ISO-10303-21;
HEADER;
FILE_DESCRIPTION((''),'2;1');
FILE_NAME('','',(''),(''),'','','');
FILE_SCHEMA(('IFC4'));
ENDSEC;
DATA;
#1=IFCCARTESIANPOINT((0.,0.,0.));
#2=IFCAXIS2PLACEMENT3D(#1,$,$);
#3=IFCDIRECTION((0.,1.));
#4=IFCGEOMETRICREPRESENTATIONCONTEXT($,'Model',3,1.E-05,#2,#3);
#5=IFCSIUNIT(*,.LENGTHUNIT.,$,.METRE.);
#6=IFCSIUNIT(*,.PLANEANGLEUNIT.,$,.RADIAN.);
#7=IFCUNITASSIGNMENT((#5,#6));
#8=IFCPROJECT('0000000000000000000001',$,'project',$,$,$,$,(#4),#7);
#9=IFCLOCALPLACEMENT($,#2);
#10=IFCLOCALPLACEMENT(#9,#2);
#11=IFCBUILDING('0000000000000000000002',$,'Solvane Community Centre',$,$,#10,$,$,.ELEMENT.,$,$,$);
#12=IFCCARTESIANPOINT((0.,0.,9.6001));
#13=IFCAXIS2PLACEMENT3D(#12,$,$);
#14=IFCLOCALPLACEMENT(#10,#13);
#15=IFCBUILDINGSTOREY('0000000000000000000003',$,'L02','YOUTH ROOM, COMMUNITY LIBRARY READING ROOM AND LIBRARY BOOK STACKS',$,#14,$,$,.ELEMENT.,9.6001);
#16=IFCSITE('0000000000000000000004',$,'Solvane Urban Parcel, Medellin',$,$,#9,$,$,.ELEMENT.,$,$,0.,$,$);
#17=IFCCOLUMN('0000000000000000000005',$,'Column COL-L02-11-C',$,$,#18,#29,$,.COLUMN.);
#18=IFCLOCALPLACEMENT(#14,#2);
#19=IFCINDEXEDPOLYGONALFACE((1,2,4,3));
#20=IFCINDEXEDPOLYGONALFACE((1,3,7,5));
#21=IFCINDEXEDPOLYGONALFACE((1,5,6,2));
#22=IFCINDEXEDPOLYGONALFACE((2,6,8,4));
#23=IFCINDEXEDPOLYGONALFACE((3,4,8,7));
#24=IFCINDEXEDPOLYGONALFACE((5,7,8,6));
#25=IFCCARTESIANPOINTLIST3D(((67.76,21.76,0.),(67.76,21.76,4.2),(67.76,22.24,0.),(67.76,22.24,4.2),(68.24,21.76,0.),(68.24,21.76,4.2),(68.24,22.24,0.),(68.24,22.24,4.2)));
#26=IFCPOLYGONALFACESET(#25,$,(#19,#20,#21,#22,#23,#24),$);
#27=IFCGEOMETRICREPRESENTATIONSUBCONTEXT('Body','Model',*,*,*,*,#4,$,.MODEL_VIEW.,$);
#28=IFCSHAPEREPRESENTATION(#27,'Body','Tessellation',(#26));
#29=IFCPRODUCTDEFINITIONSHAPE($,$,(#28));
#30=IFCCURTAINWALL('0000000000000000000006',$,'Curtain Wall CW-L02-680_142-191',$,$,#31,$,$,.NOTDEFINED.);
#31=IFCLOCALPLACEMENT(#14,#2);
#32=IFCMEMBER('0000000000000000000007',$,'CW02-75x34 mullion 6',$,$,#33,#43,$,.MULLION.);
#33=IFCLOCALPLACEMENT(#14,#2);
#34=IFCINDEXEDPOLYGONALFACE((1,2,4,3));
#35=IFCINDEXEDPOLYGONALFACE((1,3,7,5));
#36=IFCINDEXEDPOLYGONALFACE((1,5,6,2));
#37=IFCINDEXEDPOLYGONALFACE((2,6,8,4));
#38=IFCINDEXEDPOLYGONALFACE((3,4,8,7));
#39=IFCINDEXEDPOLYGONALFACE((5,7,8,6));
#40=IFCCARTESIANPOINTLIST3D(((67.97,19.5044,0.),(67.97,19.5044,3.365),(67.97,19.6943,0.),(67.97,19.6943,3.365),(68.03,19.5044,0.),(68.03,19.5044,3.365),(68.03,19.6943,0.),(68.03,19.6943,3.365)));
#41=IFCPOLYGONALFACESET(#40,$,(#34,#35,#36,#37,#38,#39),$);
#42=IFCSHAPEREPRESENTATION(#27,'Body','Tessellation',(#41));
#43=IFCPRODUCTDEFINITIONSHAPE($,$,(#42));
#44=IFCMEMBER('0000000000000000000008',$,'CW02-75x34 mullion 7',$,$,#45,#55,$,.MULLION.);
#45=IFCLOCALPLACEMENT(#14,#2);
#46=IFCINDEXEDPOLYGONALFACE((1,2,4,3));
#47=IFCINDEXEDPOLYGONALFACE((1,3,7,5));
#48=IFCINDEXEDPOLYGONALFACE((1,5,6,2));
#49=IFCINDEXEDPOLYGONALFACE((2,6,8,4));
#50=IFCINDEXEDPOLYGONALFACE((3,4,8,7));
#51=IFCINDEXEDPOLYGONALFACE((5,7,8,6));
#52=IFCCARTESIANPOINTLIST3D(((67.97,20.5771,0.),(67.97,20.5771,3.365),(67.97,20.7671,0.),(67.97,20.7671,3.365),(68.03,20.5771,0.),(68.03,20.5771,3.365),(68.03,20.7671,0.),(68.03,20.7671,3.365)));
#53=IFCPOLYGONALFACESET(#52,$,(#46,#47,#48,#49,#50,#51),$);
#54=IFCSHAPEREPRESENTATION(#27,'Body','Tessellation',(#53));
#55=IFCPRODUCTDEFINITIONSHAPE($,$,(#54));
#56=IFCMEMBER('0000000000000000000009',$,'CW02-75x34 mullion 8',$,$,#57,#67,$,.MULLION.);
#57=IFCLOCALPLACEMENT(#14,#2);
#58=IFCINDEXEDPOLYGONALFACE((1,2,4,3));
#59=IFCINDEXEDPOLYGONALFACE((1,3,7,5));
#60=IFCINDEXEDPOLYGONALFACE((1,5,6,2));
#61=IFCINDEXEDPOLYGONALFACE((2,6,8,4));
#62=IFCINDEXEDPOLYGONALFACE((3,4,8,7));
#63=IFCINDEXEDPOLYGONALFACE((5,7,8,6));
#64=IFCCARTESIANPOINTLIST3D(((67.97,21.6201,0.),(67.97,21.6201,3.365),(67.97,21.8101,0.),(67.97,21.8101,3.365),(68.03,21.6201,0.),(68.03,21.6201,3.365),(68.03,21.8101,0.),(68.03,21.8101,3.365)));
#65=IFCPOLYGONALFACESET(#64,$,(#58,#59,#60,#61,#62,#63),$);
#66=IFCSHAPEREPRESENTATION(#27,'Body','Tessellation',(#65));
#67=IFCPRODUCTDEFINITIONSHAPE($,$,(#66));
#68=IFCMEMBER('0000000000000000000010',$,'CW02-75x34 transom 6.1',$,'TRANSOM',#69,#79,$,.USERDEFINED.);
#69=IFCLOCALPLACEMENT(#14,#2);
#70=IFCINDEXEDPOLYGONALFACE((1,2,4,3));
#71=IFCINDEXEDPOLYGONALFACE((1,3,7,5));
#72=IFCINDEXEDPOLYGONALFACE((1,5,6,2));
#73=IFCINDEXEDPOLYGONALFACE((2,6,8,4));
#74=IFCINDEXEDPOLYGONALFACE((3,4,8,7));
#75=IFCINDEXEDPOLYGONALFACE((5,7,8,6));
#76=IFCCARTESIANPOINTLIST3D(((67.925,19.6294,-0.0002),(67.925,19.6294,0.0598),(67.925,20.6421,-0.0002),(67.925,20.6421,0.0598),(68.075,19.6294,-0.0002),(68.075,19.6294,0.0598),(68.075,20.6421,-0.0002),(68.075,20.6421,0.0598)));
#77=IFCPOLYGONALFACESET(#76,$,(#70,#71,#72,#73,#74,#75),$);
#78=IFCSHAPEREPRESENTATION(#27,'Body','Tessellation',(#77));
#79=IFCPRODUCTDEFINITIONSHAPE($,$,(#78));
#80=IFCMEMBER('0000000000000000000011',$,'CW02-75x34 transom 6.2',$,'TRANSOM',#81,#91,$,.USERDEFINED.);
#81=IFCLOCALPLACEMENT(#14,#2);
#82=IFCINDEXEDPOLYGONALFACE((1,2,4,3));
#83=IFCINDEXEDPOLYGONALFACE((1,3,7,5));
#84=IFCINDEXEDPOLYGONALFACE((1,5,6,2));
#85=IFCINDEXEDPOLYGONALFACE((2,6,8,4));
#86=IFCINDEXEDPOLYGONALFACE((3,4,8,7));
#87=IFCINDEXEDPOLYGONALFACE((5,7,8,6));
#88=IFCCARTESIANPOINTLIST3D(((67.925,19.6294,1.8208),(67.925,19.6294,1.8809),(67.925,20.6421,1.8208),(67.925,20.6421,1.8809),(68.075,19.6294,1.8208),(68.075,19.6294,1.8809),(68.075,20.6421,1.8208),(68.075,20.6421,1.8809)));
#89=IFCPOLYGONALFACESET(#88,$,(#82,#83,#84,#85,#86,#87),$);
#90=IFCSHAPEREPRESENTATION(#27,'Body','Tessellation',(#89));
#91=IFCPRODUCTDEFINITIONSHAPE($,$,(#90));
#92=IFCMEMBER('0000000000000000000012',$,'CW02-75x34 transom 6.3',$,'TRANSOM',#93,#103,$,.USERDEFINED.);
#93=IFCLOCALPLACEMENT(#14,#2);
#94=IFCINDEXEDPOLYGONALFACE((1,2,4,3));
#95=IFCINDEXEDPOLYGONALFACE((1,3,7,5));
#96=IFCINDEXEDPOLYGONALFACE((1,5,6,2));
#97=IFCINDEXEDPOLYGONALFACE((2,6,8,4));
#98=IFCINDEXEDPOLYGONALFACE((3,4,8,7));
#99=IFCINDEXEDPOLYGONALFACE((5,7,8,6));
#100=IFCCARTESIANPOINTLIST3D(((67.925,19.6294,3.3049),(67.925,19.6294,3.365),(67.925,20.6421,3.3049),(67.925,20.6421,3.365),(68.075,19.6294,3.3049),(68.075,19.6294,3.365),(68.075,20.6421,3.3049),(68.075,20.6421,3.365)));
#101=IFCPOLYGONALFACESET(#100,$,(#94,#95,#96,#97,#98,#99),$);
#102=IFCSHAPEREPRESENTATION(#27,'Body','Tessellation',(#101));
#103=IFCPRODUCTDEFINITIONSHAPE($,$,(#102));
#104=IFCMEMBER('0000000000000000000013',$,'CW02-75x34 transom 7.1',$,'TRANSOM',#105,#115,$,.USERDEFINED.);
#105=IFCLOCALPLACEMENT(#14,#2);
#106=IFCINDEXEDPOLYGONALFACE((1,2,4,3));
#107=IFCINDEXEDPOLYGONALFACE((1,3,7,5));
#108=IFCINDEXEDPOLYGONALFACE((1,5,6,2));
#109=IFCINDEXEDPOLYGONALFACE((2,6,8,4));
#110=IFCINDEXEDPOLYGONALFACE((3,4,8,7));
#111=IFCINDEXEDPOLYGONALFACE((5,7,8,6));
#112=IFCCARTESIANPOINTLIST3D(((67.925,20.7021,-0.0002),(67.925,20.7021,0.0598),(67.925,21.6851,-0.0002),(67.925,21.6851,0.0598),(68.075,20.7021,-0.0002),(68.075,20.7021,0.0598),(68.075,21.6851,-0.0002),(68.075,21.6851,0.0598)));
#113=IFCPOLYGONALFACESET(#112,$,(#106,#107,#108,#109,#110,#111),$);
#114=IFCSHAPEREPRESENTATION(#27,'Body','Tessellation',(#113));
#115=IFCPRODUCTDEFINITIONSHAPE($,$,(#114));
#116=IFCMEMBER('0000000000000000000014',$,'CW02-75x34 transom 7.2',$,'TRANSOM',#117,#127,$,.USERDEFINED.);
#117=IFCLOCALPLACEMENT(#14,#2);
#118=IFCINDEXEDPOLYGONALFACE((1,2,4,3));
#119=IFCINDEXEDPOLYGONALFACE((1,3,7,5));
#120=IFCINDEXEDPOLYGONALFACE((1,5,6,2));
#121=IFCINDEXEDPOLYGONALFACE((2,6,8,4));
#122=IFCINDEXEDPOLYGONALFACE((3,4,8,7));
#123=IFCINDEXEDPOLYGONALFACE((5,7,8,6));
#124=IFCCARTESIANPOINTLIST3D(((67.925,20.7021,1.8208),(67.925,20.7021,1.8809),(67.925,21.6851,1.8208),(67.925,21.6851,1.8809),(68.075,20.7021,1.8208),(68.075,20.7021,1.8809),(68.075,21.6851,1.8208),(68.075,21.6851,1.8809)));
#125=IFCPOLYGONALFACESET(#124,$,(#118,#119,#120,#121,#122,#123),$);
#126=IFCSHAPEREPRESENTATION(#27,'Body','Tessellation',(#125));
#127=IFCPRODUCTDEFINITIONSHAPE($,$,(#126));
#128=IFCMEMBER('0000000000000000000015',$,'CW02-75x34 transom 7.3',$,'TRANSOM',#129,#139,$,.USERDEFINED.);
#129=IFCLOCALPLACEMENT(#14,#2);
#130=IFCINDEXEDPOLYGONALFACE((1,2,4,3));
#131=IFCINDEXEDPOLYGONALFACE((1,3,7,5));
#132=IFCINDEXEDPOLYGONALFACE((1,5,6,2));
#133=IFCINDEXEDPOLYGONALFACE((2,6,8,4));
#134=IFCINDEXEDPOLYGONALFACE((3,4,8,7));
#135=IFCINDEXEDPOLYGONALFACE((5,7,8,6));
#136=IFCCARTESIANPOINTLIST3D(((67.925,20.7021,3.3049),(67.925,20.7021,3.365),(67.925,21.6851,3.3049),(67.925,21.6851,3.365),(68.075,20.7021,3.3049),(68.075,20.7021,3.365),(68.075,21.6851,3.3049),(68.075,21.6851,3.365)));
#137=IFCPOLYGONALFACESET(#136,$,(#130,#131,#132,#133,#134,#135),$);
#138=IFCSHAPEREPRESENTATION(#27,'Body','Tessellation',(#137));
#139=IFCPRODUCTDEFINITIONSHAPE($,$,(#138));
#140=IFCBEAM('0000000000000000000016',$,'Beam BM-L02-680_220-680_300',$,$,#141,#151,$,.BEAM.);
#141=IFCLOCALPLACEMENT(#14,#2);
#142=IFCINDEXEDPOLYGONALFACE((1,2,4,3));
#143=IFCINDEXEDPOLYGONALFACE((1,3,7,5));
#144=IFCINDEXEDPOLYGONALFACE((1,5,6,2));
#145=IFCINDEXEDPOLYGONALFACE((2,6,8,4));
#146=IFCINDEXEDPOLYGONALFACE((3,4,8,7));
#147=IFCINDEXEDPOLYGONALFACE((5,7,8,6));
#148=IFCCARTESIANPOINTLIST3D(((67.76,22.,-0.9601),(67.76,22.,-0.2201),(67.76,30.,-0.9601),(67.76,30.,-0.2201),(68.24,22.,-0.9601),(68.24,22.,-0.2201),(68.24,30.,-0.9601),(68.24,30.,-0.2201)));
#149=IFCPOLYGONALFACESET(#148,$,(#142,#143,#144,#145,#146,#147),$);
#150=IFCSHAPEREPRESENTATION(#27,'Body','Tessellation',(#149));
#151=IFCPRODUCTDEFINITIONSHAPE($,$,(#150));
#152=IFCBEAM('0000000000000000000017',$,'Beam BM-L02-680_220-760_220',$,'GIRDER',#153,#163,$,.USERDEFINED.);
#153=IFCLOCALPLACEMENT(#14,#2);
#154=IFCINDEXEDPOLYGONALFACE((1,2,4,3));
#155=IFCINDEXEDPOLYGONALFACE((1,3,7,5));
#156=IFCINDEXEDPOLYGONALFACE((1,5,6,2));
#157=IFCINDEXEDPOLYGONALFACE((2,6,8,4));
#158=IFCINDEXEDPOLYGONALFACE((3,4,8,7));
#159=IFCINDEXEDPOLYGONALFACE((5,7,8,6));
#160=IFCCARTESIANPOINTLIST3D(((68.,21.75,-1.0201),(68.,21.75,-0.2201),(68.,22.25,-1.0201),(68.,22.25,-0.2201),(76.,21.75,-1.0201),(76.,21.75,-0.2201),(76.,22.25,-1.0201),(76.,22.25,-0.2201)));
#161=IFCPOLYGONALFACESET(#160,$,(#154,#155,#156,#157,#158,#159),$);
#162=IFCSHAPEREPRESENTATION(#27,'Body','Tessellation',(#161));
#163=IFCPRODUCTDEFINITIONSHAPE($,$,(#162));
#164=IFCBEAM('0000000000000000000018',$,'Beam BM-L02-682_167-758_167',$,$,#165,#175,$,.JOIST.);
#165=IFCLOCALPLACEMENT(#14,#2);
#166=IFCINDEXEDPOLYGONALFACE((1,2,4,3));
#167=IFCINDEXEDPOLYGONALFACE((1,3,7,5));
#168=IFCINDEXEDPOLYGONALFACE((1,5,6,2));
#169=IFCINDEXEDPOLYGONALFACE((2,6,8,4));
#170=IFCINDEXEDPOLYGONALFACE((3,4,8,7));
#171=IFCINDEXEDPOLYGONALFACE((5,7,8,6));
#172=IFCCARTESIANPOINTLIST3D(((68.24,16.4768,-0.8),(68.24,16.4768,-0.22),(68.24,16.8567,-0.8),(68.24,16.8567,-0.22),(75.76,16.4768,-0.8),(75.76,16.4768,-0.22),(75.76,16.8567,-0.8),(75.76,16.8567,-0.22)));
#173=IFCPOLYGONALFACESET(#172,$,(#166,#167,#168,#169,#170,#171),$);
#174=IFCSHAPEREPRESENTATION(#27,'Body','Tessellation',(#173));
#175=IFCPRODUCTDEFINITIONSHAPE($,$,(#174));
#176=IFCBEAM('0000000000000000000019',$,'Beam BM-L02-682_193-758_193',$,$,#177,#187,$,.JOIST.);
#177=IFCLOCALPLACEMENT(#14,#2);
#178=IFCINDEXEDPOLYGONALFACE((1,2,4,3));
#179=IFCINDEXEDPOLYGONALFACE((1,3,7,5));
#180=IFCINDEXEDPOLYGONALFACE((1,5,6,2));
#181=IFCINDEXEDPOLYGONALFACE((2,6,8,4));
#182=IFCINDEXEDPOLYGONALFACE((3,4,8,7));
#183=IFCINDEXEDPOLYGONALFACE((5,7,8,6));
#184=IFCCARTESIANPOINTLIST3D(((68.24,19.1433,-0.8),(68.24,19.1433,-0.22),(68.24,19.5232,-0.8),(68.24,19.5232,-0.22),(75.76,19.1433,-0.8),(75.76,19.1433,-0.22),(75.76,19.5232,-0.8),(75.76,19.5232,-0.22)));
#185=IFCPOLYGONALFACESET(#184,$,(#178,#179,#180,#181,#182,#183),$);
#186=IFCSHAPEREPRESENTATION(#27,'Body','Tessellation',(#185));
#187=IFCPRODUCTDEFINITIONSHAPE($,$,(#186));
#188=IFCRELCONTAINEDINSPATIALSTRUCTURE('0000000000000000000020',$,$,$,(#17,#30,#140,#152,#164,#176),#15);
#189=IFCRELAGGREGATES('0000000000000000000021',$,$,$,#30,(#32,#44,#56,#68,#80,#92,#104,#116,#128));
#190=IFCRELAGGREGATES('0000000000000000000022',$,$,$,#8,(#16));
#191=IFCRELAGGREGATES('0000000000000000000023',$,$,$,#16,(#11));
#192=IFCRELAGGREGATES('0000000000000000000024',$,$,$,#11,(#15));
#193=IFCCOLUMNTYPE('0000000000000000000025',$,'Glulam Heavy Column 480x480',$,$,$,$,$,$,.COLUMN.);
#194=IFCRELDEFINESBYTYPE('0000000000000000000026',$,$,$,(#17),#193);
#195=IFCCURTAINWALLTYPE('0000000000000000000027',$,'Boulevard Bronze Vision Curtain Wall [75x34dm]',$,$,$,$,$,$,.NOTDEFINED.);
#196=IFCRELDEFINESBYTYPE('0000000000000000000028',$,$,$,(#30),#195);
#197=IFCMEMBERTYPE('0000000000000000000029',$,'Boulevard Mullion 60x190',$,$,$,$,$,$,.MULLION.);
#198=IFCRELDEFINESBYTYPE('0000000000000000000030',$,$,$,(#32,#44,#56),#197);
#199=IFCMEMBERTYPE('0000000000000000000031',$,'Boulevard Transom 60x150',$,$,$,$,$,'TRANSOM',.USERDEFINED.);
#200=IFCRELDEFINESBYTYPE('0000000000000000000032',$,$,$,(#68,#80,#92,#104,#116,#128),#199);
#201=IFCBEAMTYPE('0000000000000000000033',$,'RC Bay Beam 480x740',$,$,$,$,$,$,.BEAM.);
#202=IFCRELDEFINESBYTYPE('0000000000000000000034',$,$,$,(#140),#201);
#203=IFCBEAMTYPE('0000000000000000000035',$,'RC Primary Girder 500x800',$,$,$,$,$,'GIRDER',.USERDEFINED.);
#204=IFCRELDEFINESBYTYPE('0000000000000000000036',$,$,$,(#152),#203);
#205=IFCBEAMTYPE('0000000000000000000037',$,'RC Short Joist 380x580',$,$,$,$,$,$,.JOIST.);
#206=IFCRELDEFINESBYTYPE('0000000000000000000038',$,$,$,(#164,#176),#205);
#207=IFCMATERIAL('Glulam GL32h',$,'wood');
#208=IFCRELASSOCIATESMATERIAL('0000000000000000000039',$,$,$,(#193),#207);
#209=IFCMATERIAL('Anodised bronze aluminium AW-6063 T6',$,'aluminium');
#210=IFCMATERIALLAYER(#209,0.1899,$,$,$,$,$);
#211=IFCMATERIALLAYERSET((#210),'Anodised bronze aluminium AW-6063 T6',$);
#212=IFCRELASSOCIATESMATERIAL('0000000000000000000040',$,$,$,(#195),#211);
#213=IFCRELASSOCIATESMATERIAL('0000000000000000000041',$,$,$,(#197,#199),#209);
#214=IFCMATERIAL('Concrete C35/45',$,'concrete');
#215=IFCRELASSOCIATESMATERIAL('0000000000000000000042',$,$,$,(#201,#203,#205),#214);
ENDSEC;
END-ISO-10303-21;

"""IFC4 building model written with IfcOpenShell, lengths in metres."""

from ifc_helpers import new_model, si_unit, direction, frame, origin, origin_2d, place, context, subcontext, project, spatial, rectangle, extrude, material, layer, layer_set, material_profile, profile_set, type_object, element, aggregate, save


model = new_model("IFC4")

# Units and contexts
model_context = context("Model", 3, precision=1e-05, world=origin(), true_north=direction((0.0, 1.0)))
body_context = subcontext(model_context, "Body", "Model", "MODEL_VIEW")
ifc_project = project(units=[si_unit("LENGTHUNIT", "METRE"), si_unit("PLANEANGLEUNIT", "RADIAN")], contexts=[model_context])

# Site, building, storey
site_placement = place(None, origin())
site = spatial("IfcSite", under=ifc_project, at=site_placement, Name="Solvane Urban Parcel, Medellin", CompositionType="ELEMENT", RefElevation=0.0)
building_placement = place(site_placement, origin())
building = spatial("IfcBuilding", under=site, at=building_placement, Name="Solvane Community Centre", CompositionType="ELEMENT")
storey_placement = place(building_placement, frame((0.0, 0.0, 9.6001)))
storey = spatial("IfcBuildingStorey", under=building, at=storey_placement, Name="L02", Description="YOUTH ROOM, COMMUNITY LIBRARY READING ROOM AND LIBRARY BOOK STACKS", CompositionType="ELEMENT", Elevation=9.6001)

# Column
ifc_material_1 = material(Name="Glulam GL32h", Category="wood")
ifc_material_profile_1 = material_profile(ifc_material_1, rectangle(XDim=0.48, YDim=0.48, at=origin_2d()), Name="GL32h 480x480")
ifc_profile_set_1 = profile_set([ifc_material_profile_1], Name="Glulam GL32h")
column_type = type_object("IfcColumnType", Name="Glulam Heavy Column 480x480", PredefinedType="COLUMN", material=ifc_profile_set_1)
column_placement = place(storey_placement, frame((68.0, 22.0, 0.0), z_axis=(0.0, 0.0, 1.0), x_axis=(1.0, 0.0, 0.0)))
element("IfcColumn", 1, at=column_placement, inside=storey, type_object=column_type, Name="Column COL-L02-11-C", PredefinedType="COLUMN", context=body_context, shape_type="SweptSolid", body=[
    extrude(rectangle(XDim=0.48, YDim=0.48, at=origin_2d()), origin(), (0.0, 0.0, 1.0), 4.2),
])

# Curtain wall, members
ifc_material_2 = material(Name="Anodised bronze aluminium AW-6063 T6", Category="aluminium")
ifc_layer_1 = layer(ifc_material_2, 0.1899)
ifc_layer_set_1 = layer_set([ifc_layer_1], Name="Anodised bronze aluminium AW-6063 T6")
curtain_wall_type = type_object("IfcCurtainWallType", Name="Boulevard Bronze Vision Curtain Wall [75x34dm]", PredefinedType="NOTDEFINED", material=ifc_layer_set_1)
curtain_wall_placement = place(storey_placement, origin())
curtain_wall = element("IfcCurtainWall", 2, at=curtain_wall_placement, inside=storey, type_object=curtain_wall_type, Name="Curtain Wall CW-L02-680_142-191", PredefinedType="NOTDEFINED")
ifc_material_profile_2 = material_profile(ifc_material_2, rectangle(XDim=0.0601, YDim=0.1899, at=origin_2d()), Name="CW-M 60x190")
ifc_profile_set_2 = profile_set([ifc_material_profile_2], Name="Anodised bronze aluminium AW-6063 T6")
member_type_1 = type_object("IfcMemberType", Name="Boulevard Mullion 60x190", PredefinedType="MULLION", material=ifc_profile_set_2)
member_1_placement = place(storey_placement, frame((68.0, 19.5994, 0.0), z_axis=(0.0, 0.0, 1.0), x_axis=(-1.0, 0.0, 0.0)))
member_1 = element("IfcMember", 3, at=member_1_placement, type_object=member_type_1, Name="CW02-75x34 mullion 6", PredefinedType="MULLION", context=body_context, shape_type="SweptSolid", body=[
    extrude(rectangle(XDim=0.0601, YDim=0.1899, at=origin_2d()), origin(), (0.0, 0.0, 1.0), 3.365),
])
member_2_placement = place(storey_placement, frame((68.0, 20.6721, 0.0), z_axis=(0.0, 0.0, 1.0), x_axis=(-1.0, 0.0, 0.0)))
member_2 = element("IfcMember", 4, at=member_2_placement, type_object=member_type_1, Name="CW02-75x34 mullion 7", PredefinedType="MULLION", context=body_context, shape_type="SweptSolid", body=[
    extrude(rectangle(XDim=0.0601, YDim=0.1899, at=origin_2d()), origin(), (0.0, 0.0, 1.0), 3.365),
])
member_3_placement = place(storey_placement, frame((68.0, 21.7151, 0.0), z_axis=(0.0, 0.0, 1.0), x_axis=(-1.0, 0.0, 0.0)))
member_3 = element("IfcMember", 5, at=member_3_placement, type_object=member_type_1, Name="CW02-75x34 mullion 8", PredefinedType="MULLION", context=body_context, shape_type="SweptSolid", body=[
    extrude(rectangle(XDim=0.0601, YDim=0.1899, at=origin_2d()), origin(), (0.0, 0.0, 1.0), 3.365),
])
ifc_material_profile_3 = material_profile(ifc_material_2, rectangle(XDim=0.1499, YDim=0.0601, at=origin_2d()), Name="CW-T 60x150")
ifc_profile_set_3 = profile_set([ifc_material_profile_3], Name="Anodised bronze aluminium AW-6063 T6")
member_type_2 = type_object("IfcMemberType", Name="Boulevard Transom 60x150", ElementType="TRANSOM", PredefinedType="USERDEFINED", material=ifc_profile_set_3)
member_4_placement = place(storey_placement, frame((68.0, 19.6294, 0.0298), z_axis=(0.0, 1.0, 0.0), x_axis=(-1.0, 0.0, 0.0)))
member_4 = element("IfcMember", 6, at=member_4_placement, type_object=member_type_2, Name="CW02-75x34 transom 6.1", ObjectType="TRANSOM", PredefinedType="USERDEFINED", context=body_context, shape_type="SweptSolid", body=[
    extrude(rectangle(XDim=0.1499, YDim=0.0601, at=origin_2d()), origin(), (0.0, 0.0, 1.0), 1.0127),
])
member_5_placement = place(storey_placement, frame((68.0, 19.6294, 1.8508), z_axis=(0.0, 1.0, 0.0), x_axis=(-1.0, 0.0, 0.0)))
member_5 = element("IfcMember", 7, at=member_5_placement, type_object=member_type_2, Name="CW02-75x34 transom 6.2", ObjectType="TRANSOM", PredefinedType="USERDEFINED", context=body_context, shape_type="SweptSolid", body=[
    extrude(rectangle(XDim=0.1499, YDim=0.0601, at=origin_2d()), origin(), (0.0, 0.0, 1.0), 1.0127),
])
member_6_placement = place(storey_placement, frame((68.0, 19.6294, 3.335), z_axis=(0.0, 1.0, 0.0), x_axis=(-1.0, 0.0, 0.0)))
member_6 = element("IfcMember", 8, at=member_6_placement, type_object=member_type_2, Name="CW02-75x34 transom 6.3", ObjectType="TRANSOM", PredefinedType="USERDEFINED", context=body_context, shape_type="SweptSolid", body=[
    extrude(rectangle(XDim=0.1499, YDim=0.0601, at=origin_2d()), origin(), (0.0, 0.0, 1.0), 1.0127),
])
member_7_placement = place(storey_placement, frame((68.0, 20.7021, 0.0298), z_axis=(0.0, 1.0, 0.0), x_axis=(-1.0, 0.0, 0.0)))
member_7 = element("IfcMember", 9, at=member_7_placement, type_object=member_type_2, Name="CW02-75x34 transom 7.1", ObjectType="TRANSOM", PredefinedType="USERDEFINED", context=body_context, shape_type="SweptSolid", body=[
    extrude(rectangle(XDim=0.1499, YDim=0.0601, at=origin_2d()), origin(), (0.0, 0.0, 1.0), 0.9829),
])
member_8_placement = place(storey_placement, frame((68.0, 20.7021, 1.8508), z_axis=(0.0, 1.0, 0.0), x_axis=(-1.0, 0.0, 0.0)))
member_8 = element("IfcMember", 10, at=member_8_placement, type_object=member_type_2, Name="CW02-75x34 transom 7.2", ObjectType="TRANSOM", PredefinedType="USERDEFINED", context=body_context, shape_type="SweptSolid", body=[
    extrude(rectangle(XDim=0.1499, YDim=0.0601, at=origin_2d()), origin(), (0.0, 0.0, 1.0), 0.9829),
])
member_9_placement = place(storey_placement, frame((68.0, 20.7021, 3.335), z_axis=(0.0, 1.0, 0.0), x_axis=(-1.0, 0.0, 0.0)))
member_9 = element("IfcMember", 11, at=member_9_placement, type_object=member_type_2, Name="CW02-75x34 transom 7.3", ObjectType="TRANSOM", PredefinedType="USERDEFINED", context=body_context, shape_type="SweptSolid", body=[
    extrude(rectangle(XDim=0.1499, YDim=0.0601, at=origin_2d()), origin(), (0.0, 0.0, 1.0), 0.9829),
])

# Beams
ifc_material_3 = material(Name="Concrete C35/45", Category="concrete")
ifc_material_profile_4 = material_profile(ifc_material_3, rectangle(XDim=0.48, YDim=0.74, at=origin_2d()), Name="RC 480x740")
ifc_profile_set_4 = profile_set([ifc_material_profile_4], Name="Concrete C35/45")
beam_type_1 = type_object("IfcBeamType", Name="RC Bay Beam 480x740", PredefinedType="BEAM", material=ifc_profile_set_4)
beam_1_placement = place(storey_placement, frame((68.0, 22.0, -0.5901), z_axis=(0.0, 1.0, 0.0), x_axis=(-1.0, 0.0, 0.0)))
element("IfcBeam", 12, at=beam_1_placement, inside=storey, type_object=beam_type_1, Name="Beam BM-L02-680_220-680_300", PredefinedType="BEAM", context=body_context, shape_type="SweptSolid", body=[
    extrude(rectangle(XDim=0.48, YDim=0.74, at=origin_2d()), origin(), (0.0, 0.0, 1.0), 8.0),
])
ifc_material_profile_5 = material_profile(ifc_material_3, rectangle(XDim=0.5, YDim=0.8, at=origin_2d()), Name="RC 500x800")
ifc_profile_set_5 = profile_set([ifc_material_profile_5], Name="Concrete C35/45")
beam_type_2 = type_object("IfcBeamType", Name="RC Primary Girder 500x800", ElementType="GIRDER", PredefinedType="USERDEFINED", material=ifc_profile_set_5)
beam_2_placement = place(storey_placement, frame((68.0, 22.0, -0.6201), z_axis=(1.0, 0.0, 0.0), x_axis=(0.0, 1.0, 0.0)))
element("IfcBeam", 13, at=beam_2_placement, inside=storey, type_object=beam_type_2, Name="Beam BM-L02-680_220-760_220", ObjectType="GIRDER", PredefinedType="USERDEFINED", context=body_context, shape_type="SweptSolid", body=[
    extrude(rectangle(XDim=0.5, YDim=0.8, at=origin_2d()), origin(), (0.0, 0.0, 1.0), 8.0),
])
ifc_material_profile_6 = material_profile(ifc_material_3, rectangle(XDim=0.3799, YDim=0.5801, at=origin_2d()), Name="RC 380x580")
ifc_profile_set_6 = profile_set([ifc_material_profile_6], Name="Concrete C35/45")
beam_type_3 = type_object("IfcBeamType", Name="RC Short Joist 380x580", PredefinedType="JOIST", material=ifc_profile_set_6)
for number, where, z_axis, x_axis, name in (
    (14, (68.24, 16.6667, -0.51), (1.0, 0.0, 0.0), (0.0, 1.0, 0.0), "Beam BM-L02-682_167-758_167"),
    (15, (68.24, 19.3333, -0.51), (1.0, 0.0, 0.0), (0.0, 1.0, 0.0), "Beam BM-L02-682_193-758_193"),
):
    element("IfcBeam", number, at=place(storey_placement, frame(where, z_axis=z_axis, x_axis=x_axis)), inside=storey, type_object=beam_type_3, Name=name, PredefinedType="JOIST", context=body_context, shape_type="SweptSolid", body=[
        extrude(rectangle(XDim=0.3799, YDim=0.5801, at=origin_2d()), origin(), (0.0, 0.0, 1.0), 7.52),
    ])

aggregate(curtain_wall, [member_1, member_2, member_3, member_4, member_5, member_6, member_7, member_8, member_9])

save(model, "model.ifc")
